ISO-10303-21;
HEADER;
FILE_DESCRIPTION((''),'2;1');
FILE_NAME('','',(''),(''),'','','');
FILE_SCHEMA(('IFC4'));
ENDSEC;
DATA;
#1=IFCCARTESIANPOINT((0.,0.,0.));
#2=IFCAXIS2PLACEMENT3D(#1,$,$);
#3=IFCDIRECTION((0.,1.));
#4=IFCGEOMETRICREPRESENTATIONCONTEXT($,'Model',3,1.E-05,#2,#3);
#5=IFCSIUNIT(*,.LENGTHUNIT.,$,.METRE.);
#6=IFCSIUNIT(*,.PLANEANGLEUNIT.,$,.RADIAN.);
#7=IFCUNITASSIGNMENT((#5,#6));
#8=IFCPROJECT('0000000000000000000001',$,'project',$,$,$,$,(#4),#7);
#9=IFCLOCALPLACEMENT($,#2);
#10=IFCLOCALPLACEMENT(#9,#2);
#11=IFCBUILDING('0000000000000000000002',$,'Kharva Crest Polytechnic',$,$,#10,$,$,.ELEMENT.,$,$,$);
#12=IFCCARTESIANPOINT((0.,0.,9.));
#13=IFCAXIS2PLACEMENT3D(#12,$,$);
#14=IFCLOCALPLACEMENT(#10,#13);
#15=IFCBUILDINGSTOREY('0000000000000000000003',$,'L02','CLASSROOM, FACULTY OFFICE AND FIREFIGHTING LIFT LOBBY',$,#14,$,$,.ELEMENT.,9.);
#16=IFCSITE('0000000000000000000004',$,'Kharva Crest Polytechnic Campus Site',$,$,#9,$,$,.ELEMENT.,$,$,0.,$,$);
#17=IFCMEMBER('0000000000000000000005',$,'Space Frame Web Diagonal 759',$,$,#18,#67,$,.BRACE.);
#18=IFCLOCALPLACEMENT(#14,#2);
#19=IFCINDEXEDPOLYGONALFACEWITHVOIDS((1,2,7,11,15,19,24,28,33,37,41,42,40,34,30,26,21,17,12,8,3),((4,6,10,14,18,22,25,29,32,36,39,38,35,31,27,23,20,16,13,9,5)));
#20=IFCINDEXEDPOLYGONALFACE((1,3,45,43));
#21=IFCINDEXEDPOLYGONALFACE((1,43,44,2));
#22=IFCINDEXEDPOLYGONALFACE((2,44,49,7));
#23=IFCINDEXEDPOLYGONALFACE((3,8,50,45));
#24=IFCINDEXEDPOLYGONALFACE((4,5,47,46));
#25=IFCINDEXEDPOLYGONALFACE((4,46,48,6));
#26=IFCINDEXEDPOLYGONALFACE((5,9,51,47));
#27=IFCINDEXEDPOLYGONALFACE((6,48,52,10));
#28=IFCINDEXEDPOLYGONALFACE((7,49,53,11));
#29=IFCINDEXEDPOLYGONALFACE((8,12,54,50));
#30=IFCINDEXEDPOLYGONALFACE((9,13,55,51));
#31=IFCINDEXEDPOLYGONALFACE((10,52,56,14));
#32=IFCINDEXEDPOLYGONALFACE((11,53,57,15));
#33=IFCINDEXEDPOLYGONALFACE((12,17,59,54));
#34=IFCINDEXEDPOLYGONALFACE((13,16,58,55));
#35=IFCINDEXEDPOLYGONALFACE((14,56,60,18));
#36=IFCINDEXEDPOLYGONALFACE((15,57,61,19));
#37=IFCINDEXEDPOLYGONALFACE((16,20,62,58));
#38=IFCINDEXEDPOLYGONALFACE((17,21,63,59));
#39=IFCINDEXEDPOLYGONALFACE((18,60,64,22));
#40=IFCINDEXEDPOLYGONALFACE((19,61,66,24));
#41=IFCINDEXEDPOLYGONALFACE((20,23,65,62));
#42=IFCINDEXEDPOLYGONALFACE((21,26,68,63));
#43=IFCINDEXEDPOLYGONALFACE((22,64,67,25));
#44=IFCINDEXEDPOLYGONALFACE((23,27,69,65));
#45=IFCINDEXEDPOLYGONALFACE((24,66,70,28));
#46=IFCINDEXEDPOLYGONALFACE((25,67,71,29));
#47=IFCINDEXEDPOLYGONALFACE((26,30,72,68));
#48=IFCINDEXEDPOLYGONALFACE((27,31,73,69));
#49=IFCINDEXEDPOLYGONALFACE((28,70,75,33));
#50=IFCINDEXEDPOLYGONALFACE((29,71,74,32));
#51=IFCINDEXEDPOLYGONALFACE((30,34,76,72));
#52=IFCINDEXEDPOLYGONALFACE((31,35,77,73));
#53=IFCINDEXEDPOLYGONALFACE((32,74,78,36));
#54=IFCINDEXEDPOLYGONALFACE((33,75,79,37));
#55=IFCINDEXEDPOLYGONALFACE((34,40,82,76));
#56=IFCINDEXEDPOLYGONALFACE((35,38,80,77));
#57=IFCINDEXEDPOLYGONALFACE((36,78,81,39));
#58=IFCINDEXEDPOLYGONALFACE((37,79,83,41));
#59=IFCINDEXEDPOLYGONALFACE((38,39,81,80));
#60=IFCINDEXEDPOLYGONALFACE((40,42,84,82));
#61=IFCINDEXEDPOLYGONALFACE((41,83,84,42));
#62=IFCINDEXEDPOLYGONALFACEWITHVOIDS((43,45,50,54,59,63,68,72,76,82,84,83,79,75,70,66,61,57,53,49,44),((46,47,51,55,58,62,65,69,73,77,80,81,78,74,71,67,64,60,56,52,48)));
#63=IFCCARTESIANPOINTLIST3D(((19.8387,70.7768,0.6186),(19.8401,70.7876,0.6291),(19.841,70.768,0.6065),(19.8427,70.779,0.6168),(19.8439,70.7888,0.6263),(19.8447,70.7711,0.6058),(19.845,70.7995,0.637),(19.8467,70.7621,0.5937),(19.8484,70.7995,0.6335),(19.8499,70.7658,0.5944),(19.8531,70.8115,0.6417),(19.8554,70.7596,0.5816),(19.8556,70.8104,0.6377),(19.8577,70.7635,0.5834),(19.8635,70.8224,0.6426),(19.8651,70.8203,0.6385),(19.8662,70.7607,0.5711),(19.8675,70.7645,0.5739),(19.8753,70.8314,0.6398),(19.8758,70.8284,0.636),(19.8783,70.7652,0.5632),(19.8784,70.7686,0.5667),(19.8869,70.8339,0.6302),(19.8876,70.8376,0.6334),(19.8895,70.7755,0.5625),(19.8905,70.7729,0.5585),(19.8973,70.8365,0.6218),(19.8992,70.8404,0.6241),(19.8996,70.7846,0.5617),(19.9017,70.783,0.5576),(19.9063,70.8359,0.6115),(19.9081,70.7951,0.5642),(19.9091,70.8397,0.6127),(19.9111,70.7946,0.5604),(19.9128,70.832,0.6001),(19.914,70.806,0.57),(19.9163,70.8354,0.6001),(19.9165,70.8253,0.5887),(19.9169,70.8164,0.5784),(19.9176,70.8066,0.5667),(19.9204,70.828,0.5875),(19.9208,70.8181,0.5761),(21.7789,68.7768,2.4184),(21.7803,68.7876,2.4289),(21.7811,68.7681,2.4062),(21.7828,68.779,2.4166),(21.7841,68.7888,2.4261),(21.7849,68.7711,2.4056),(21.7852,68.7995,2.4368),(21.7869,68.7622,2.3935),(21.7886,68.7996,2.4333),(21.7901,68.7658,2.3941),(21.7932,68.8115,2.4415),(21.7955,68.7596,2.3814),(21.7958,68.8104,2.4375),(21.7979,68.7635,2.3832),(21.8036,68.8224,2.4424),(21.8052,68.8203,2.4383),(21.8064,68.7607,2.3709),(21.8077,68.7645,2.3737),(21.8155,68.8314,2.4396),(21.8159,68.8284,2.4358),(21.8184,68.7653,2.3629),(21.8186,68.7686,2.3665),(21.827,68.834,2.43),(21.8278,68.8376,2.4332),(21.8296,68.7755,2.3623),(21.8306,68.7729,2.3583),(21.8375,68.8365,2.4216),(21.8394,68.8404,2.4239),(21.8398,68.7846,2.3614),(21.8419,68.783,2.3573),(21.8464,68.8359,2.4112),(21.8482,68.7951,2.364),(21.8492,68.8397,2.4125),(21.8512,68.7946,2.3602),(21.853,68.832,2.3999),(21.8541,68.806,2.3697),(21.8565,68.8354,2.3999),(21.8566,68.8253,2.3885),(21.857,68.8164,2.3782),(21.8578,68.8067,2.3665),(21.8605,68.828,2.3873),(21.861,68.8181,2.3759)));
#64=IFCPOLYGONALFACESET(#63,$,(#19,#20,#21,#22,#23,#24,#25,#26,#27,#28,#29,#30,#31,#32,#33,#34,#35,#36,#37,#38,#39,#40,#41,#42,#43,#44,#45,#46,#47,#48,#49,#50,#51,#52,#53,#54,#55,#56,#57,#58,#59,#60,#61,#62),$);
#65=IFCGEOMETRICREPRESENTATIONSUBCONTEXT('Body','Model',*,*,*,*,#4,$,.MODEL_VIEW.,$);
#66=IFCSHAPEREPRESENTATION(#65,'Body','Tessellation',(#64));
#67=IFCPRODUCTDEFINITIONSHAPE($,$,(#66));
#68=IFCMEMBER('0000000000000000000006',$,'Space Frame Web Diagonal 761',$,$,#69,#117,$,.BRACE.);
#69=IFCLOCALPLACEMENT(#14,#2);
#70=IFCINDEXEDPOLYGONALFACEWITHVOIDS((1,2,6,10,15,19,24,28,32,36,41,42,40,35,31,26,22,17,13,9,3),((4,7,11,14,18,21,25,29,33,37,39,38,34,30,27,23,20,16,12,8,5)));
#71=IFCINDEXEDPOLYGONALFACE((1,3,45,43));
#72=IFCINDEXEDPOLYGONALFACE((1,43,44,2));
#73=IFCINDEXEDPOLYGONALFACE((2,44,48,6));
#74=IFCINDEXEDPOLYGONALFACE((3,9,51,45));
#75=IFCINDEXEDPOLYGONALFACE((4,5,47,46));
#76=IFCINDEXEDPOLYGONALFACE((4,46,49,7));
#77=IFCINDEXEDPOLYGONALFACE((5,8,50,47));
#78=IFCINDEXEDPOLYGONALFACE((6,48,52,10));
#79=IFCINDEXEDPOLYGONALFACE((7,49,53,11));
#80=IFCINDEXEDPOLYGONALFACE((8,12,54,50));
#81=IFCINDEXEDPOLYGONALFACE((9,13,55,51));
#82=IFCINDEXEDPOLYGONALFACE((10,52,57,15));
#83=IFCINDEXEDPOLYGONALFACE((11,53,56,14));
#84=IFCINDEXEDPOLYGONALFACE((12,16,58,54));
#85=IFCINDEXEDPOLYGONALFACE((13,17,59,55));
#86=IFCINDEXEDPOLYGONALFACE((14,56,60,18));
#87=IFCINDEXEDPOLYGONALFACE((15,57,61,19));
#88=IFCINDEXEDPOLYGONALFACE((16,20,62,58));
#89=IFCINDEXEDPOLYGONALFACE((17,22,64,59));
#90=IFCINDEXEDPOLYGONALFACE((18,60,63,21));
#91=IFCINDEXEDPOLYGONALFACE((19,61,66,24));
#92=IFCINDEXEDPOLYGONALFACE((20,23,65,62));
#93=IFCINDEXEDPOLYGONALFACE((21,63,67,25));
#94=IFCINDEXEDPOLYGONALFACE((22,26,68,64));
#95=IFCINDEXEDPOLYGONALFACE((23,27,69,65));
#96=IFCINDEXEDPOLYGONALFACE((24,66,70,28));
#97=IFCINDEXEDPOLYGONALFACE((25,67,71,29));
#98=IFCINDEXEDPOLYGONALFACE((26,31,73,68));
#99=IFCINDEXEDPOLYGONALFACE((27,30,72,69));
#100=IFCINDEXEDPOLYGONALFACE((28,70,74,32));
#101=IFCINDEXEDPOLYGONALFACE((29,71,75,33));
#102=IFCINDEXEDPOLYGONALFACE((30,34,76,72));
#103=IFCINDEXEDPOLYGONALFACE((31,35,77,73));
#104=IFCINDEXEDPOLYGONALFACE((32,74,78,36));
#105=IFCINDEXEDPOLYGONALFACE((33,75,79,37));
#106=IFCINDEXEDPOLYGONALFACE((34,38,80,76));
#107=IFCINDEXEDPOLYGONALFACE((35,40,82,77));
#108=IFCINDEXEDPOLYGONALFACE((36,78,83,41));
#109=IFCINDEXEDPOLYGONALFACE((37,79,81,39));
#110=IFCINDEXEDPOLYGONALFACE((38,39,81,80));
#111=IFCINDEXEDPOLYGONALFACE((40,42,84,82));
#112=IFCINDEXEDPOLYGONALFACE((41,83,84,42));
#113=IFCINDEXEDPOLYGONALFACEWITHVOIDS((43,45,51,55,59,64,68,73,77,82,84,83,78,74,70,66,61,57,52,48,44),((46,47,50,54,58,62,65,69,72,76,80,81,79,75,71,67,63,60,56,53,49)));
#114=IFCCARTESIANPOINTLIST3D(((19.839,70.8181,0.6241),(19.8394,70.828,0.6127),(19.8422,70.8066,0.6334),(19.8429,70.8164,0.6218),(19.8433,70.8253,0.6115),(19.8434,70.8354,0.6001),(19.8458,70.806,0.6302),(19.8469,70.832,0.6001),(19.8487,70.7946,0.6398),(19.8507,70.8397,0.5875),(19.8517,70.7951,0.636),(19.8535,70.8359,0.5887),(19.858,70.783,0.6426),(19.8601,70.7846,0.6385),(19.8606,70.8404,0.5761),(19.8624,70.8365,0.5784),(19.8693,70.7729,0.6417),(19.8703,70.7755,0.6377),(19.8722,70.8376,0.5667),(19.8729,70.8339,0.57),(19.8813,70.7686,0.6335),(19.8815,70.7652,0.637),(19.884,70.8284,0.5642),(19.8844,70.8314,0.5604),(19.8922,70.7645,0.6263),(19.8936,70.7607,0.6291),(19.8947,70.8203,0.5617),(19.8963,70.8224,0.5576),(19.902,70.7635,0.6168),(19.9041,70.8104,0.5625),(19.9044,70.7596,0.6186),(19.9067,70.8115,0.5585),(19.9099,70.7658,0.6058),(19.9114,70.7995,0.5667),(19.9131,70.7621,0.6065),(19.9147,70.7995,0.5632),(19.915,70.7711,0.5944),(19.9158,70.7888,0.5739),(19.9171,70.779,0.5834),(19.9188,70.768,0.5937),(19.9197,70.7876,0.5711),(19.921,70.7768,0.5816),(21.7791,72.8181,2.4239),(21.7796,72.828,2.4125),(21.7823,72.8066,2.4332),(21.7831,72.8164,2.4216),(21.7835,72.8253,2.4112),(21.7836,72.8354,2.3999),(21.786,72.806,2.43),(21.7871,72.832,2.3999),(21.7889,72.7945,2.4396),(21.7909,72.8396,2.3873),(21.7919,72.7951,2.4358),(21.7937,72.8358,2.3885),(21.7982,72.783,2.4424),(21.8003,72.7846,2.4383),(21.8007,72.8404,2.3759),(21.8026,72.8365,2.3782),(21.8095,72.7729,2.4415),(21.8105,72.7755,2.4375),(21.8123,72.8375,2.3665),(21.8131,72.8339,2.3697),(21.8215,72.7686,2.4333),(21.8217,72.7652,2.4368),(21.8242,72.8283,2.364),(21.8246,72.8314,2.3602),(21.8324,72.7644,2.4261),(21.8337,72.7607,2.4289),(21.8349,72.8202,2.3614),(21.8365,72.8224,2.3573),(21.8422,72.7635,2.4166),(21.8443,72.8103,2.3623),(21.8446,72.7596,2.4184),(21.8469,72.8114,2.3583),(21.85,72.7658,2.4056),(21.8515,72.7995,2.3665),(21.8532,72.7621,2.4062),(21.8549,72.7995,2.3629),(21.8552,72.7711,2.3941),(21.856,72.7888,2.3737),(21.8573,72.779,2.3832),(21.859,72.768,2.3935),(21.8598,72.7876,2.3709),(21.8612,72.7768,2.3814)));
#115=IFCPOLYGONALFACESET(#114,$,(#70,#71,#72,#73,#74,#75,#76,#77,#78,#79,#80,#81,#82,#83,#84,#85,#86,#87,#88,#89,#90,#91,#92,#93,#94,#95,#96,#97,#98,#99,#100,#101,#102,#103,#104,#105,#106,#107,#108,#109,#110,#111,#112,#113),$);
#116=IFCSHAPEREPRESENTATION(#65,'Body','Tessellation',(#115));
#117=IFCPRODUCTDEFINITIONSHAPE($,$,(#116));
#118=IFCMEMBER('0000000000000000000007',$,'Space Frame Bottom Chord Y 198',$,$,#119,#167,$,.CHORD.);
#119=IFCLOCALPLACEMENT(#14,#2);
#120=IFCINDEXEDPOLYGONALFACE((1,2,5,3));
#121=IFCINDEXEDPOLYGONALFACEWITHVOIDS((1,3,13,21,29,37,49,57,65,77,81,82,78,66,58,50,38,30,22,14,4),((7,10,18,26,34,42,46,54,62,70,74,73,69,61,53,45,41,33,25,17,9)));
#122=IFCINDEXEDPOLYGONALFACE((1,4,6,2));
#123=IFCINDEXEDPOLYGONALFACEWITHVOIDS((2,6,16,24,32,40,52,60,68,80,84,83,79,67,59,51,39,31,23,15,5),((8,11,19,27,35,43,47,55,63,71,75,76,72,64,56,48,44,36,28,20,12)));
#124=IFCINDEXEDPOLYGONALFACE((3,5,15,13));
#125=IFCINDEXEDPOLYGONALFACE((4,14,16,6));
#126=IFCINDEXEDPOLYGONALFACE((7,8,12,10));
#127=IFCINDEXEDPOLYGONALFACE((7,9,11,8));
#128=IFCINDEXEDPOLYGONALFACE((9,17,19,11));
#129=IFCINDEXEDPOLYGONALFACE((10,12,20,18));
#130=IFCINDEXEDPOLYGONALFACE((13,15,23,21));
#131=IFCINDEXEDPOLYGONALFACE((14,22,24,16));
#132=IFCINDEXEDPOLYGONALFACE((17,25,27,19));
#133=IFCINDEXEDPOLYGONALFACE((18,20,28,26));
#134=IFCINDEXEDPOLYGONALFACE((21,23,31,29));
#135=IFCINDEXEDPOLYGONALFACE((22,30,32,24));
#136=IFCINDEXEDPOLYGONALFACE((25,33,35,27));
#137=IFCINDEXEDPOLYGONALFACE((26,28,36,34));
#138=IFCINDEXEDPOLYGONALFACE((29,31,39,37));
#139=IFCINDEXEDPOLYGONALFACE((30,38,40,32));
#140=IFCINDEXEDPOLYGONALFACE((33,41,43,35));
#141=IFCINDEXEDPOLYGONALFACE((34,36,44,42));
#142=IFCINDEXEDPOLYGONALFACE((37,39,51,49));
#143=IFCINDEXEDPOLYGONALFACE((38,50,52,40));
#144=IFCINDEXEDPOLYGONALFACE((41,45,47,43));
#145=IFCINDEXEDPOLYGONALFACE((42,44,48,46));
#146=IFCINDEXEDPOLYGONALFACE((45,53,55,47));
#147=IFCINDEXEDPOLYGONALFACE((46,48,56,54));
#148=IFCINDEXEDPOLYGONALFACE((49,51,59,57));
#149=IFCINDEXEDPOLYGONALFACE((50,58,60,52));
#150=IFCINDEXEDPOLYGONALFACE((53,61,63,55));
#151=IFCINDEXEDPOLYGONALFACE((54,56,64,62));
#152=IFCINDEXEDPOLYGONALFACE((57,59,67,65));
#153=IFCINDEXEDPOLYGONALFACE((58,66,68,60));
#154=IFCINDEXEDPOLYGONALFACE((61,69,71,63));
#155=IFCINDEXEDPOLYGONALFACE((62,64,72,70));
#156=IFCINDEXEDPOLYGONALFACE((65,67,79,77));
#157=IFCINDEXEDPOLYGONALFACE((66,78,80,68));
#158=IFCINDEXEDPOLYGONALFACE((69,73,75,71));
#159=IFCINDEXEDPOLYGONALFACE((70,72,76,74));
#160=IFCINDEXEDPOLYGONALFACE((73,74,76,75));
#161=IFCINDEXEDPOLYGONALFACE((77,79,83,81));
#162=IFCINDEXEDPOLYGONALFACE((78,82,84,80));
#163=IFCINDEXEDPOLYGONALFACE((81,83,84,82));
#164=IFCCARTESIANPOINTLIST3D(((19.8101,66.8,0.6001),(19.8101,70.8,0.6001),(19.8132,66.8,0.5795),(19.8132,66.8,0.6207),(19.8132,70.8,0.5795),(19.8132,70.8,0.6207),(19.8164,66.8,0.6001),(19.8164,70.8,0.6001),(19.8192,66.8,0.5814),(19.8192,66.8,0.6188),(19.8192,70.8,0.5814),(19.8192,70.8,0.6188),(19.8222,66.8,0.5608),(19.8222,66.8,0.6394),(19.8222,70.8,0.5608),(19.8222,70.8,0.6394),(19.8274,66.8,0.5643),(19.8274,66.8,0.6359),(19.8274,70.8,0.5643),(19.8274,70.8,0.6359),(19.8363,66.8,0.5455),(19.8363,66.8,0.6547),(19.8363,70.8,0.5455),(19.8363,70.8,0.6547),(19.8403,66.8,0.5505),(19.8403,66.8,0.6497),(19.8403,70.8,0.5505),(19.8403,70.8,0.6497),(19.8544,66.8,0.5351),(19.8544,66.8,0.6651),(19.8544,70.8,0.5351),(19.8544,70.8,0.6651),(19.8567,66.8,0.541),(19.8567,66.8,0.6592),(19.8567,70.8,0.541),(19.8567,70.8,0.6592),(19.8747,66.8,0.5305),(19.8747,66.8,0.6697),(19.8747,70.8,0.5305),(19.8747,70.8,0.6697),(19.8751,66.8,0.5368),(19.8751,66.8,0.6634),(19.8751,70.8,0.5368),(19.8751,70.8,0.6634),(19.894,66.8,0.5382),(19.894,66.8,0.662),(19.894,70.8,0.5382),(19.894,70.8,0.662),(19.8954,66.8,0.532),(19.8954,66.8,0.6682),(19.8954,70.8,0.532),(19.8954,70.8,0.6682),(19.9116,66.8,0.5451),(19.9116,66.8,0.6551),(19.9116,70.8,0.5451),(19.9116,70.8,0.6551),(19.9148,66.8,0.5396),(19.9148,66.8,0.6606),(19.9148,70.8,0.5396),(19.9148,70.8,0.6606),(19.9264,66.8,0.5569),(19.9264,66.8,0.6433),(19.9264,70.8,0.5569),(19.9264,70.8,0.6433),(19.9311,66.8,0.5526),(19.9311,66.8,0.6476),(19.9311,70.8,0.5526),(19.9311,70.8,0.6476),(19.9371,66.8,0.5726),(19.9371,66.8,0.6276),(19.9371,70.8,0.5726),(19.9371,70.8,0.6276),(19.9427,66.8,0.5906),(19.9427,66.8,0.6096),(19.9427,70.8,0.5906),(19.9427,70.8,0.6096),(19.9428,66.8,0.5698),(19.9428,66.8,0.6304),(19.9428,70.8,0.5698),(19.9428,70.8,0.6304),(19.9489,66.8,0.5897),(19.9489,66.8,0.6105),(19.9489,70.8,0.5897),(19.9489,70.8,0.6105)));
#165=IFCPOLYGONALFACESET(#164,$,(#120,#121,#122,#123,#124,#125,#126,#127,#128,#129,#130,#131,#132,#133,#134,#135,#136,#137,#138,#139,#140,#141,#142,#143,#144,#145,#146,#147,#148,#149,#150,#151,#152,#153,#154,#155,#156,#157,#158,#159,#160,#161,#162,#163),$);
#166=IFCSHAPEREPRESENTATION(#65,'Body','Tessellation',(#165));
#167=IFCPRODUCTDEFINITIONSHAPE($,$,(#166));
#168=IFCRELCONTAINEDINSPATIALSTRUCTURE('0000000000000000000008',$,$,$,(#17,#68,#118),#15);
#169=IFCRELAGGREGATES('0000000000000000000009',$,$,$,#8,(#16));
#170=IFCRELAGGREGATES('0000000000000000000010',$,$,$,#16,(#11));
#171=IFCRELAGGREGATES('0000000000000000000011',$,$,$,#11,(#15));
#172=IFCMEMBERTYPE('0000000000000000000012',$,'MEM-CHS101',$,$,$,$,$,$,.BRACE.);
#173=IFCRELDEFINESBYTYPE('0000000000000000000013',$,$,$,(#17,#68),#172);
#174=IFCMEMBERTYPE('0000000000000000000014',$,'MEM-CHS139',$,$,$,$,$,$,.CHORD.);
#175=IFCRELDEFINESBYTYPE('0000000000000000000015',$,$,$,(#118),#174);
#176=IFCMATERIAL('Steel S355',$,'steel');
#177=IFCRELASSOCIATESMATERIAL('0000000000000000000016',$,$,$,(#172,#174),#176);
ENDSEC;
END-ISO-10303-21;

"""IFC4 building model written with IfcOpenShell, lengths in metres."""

from ifc_helpers import new_model, si_unit, direction, frame, origin, origin_2d, place, context, subcontext, project, spatial, hollow_circle, extrude, material, material_profile, profile_set, type_object, element, save


model = new_model("IFC4")

# Units and contexts
model_context = context("Model", 3, precision=1e-05, world=origin(), true_north=direction((0.0, 1.0)))
body_context = subcontext(model_context, "Body", "Model", "MODEL_VIEW")
ifc_project = project(units=[si_unit("LENGTHUNIT", "METRE"), si_unit("PLANEANGLEUNIT", "RADIAN")], contexts=[model_context])

# Site, building, storey
site_placement = place(None, origin())
site = spatial("IfcSite", under=ifc_project, at=site_placement, Name="Kharva Crest Polytechnic Campus Site", CompositionType="ELEMENT", RefElevation=0.0)
building_placement = place(site_placement, origin())
building = spatial("IfcBuilding", under=site, at=building_placement, Name="Kharva Crest Polytechnic", CompositionType="ELEMENT")
storey_placement = place(building_placement, frame((0.0, 0.0, 9.0)))
storey = spatial("IfcBuildingStorey", under=building, at=storey_placement, Name="L02", Description="CLASSROOM, FACULTY OFFICE AND FIREFIGHTING LIFT LOBBY", CompositionType="ELEMENT", Elevation=9.0)

# Shared definitions
ifc_material_1 = material(Name="Steel S355", Category="steel")

# Members
ifc_material_profile_1 = material_profile(ifc_material_1, hollow_circle(Radius=0.0508, WallThickness=0.0049, at=origin_2d()), Name="CHS 101.6X5.0")
ifc_profile_set_1 = profile_set([ifc_material_profile_1], Name="Steel S355")
member_type_1 = type_object("IfcMemberType", Name="MEM-CHS101", PredefinedType="BRACE", material=ifc_profile_set_1)
for number, where, z_axis, x_axis, name in (
    (1, (19.8799, 70.8, 0.6001), (0.584892, -0.602924, 0.542572), (0.717758, 0.696292, 0.0), "Space Frame Web Diagonal 759"),
    (2, (19.8799, 70.8, 0.6001), (0.584892, 0.602924, 0.542572), (-0.717758, 0.696292, 0.0), "Space Frame Web Diagonal 761"),
):
    element("IfcMember", number, at=place(storey_placement, frame(where, z_axis=z_axis, x_axis=x_axis)), inside=storey, type_object=member_type_1, Name=name, PredefinedType="BRACE", context=body_context, shape_type="SweptSolid", body=[
        extrude(hollow_circle(Radius=0.0508, WallThickness=0.0049, at=origin_2d()), origin(), (0.0, 0.0, 1.0), 3.3171),
    ])
ifc_material_profile_2 = material_profile(ifc_material_1, hollow_circle(Radius=0.0698, WallThickness=0.0063, at=origin_2d()), Name="CHS 139.7X6.3")
ifc_profile_set_2 = profile_set([ifc_material_profile_2], Name="Steel S355")
member_type_2 = type_object("IfcMemberType", Name="MEM-CHS139", PredefinedType="CHORD", material=ifc_profile_set_2)
for number, where, z_axis, x_axis, name in (
    (3, (19.8799, 66.8, 0.6001), (0.0, 1.0, 0.0), (-1.0, 0.0, 0.0), "Space Frame Bottom Chord Y 198"),
):
    element("IfcMember", number, at=place(storey_placement, frame(where, z_axis=z_axis, x_axis=x_axis)), inside=storey, type_object=member_type_2, Name=name, PredefinedType="CHORD", context=body_context, shape_type="SweptSolid", body=[
        extrude(hollow_circle(Radius=0.0698, WallThickness=0.0063, at=origin_2d()), origin(), (0.0, 0.0, 1.0), 4.0),
    ])

save(model, "model.ifc")
